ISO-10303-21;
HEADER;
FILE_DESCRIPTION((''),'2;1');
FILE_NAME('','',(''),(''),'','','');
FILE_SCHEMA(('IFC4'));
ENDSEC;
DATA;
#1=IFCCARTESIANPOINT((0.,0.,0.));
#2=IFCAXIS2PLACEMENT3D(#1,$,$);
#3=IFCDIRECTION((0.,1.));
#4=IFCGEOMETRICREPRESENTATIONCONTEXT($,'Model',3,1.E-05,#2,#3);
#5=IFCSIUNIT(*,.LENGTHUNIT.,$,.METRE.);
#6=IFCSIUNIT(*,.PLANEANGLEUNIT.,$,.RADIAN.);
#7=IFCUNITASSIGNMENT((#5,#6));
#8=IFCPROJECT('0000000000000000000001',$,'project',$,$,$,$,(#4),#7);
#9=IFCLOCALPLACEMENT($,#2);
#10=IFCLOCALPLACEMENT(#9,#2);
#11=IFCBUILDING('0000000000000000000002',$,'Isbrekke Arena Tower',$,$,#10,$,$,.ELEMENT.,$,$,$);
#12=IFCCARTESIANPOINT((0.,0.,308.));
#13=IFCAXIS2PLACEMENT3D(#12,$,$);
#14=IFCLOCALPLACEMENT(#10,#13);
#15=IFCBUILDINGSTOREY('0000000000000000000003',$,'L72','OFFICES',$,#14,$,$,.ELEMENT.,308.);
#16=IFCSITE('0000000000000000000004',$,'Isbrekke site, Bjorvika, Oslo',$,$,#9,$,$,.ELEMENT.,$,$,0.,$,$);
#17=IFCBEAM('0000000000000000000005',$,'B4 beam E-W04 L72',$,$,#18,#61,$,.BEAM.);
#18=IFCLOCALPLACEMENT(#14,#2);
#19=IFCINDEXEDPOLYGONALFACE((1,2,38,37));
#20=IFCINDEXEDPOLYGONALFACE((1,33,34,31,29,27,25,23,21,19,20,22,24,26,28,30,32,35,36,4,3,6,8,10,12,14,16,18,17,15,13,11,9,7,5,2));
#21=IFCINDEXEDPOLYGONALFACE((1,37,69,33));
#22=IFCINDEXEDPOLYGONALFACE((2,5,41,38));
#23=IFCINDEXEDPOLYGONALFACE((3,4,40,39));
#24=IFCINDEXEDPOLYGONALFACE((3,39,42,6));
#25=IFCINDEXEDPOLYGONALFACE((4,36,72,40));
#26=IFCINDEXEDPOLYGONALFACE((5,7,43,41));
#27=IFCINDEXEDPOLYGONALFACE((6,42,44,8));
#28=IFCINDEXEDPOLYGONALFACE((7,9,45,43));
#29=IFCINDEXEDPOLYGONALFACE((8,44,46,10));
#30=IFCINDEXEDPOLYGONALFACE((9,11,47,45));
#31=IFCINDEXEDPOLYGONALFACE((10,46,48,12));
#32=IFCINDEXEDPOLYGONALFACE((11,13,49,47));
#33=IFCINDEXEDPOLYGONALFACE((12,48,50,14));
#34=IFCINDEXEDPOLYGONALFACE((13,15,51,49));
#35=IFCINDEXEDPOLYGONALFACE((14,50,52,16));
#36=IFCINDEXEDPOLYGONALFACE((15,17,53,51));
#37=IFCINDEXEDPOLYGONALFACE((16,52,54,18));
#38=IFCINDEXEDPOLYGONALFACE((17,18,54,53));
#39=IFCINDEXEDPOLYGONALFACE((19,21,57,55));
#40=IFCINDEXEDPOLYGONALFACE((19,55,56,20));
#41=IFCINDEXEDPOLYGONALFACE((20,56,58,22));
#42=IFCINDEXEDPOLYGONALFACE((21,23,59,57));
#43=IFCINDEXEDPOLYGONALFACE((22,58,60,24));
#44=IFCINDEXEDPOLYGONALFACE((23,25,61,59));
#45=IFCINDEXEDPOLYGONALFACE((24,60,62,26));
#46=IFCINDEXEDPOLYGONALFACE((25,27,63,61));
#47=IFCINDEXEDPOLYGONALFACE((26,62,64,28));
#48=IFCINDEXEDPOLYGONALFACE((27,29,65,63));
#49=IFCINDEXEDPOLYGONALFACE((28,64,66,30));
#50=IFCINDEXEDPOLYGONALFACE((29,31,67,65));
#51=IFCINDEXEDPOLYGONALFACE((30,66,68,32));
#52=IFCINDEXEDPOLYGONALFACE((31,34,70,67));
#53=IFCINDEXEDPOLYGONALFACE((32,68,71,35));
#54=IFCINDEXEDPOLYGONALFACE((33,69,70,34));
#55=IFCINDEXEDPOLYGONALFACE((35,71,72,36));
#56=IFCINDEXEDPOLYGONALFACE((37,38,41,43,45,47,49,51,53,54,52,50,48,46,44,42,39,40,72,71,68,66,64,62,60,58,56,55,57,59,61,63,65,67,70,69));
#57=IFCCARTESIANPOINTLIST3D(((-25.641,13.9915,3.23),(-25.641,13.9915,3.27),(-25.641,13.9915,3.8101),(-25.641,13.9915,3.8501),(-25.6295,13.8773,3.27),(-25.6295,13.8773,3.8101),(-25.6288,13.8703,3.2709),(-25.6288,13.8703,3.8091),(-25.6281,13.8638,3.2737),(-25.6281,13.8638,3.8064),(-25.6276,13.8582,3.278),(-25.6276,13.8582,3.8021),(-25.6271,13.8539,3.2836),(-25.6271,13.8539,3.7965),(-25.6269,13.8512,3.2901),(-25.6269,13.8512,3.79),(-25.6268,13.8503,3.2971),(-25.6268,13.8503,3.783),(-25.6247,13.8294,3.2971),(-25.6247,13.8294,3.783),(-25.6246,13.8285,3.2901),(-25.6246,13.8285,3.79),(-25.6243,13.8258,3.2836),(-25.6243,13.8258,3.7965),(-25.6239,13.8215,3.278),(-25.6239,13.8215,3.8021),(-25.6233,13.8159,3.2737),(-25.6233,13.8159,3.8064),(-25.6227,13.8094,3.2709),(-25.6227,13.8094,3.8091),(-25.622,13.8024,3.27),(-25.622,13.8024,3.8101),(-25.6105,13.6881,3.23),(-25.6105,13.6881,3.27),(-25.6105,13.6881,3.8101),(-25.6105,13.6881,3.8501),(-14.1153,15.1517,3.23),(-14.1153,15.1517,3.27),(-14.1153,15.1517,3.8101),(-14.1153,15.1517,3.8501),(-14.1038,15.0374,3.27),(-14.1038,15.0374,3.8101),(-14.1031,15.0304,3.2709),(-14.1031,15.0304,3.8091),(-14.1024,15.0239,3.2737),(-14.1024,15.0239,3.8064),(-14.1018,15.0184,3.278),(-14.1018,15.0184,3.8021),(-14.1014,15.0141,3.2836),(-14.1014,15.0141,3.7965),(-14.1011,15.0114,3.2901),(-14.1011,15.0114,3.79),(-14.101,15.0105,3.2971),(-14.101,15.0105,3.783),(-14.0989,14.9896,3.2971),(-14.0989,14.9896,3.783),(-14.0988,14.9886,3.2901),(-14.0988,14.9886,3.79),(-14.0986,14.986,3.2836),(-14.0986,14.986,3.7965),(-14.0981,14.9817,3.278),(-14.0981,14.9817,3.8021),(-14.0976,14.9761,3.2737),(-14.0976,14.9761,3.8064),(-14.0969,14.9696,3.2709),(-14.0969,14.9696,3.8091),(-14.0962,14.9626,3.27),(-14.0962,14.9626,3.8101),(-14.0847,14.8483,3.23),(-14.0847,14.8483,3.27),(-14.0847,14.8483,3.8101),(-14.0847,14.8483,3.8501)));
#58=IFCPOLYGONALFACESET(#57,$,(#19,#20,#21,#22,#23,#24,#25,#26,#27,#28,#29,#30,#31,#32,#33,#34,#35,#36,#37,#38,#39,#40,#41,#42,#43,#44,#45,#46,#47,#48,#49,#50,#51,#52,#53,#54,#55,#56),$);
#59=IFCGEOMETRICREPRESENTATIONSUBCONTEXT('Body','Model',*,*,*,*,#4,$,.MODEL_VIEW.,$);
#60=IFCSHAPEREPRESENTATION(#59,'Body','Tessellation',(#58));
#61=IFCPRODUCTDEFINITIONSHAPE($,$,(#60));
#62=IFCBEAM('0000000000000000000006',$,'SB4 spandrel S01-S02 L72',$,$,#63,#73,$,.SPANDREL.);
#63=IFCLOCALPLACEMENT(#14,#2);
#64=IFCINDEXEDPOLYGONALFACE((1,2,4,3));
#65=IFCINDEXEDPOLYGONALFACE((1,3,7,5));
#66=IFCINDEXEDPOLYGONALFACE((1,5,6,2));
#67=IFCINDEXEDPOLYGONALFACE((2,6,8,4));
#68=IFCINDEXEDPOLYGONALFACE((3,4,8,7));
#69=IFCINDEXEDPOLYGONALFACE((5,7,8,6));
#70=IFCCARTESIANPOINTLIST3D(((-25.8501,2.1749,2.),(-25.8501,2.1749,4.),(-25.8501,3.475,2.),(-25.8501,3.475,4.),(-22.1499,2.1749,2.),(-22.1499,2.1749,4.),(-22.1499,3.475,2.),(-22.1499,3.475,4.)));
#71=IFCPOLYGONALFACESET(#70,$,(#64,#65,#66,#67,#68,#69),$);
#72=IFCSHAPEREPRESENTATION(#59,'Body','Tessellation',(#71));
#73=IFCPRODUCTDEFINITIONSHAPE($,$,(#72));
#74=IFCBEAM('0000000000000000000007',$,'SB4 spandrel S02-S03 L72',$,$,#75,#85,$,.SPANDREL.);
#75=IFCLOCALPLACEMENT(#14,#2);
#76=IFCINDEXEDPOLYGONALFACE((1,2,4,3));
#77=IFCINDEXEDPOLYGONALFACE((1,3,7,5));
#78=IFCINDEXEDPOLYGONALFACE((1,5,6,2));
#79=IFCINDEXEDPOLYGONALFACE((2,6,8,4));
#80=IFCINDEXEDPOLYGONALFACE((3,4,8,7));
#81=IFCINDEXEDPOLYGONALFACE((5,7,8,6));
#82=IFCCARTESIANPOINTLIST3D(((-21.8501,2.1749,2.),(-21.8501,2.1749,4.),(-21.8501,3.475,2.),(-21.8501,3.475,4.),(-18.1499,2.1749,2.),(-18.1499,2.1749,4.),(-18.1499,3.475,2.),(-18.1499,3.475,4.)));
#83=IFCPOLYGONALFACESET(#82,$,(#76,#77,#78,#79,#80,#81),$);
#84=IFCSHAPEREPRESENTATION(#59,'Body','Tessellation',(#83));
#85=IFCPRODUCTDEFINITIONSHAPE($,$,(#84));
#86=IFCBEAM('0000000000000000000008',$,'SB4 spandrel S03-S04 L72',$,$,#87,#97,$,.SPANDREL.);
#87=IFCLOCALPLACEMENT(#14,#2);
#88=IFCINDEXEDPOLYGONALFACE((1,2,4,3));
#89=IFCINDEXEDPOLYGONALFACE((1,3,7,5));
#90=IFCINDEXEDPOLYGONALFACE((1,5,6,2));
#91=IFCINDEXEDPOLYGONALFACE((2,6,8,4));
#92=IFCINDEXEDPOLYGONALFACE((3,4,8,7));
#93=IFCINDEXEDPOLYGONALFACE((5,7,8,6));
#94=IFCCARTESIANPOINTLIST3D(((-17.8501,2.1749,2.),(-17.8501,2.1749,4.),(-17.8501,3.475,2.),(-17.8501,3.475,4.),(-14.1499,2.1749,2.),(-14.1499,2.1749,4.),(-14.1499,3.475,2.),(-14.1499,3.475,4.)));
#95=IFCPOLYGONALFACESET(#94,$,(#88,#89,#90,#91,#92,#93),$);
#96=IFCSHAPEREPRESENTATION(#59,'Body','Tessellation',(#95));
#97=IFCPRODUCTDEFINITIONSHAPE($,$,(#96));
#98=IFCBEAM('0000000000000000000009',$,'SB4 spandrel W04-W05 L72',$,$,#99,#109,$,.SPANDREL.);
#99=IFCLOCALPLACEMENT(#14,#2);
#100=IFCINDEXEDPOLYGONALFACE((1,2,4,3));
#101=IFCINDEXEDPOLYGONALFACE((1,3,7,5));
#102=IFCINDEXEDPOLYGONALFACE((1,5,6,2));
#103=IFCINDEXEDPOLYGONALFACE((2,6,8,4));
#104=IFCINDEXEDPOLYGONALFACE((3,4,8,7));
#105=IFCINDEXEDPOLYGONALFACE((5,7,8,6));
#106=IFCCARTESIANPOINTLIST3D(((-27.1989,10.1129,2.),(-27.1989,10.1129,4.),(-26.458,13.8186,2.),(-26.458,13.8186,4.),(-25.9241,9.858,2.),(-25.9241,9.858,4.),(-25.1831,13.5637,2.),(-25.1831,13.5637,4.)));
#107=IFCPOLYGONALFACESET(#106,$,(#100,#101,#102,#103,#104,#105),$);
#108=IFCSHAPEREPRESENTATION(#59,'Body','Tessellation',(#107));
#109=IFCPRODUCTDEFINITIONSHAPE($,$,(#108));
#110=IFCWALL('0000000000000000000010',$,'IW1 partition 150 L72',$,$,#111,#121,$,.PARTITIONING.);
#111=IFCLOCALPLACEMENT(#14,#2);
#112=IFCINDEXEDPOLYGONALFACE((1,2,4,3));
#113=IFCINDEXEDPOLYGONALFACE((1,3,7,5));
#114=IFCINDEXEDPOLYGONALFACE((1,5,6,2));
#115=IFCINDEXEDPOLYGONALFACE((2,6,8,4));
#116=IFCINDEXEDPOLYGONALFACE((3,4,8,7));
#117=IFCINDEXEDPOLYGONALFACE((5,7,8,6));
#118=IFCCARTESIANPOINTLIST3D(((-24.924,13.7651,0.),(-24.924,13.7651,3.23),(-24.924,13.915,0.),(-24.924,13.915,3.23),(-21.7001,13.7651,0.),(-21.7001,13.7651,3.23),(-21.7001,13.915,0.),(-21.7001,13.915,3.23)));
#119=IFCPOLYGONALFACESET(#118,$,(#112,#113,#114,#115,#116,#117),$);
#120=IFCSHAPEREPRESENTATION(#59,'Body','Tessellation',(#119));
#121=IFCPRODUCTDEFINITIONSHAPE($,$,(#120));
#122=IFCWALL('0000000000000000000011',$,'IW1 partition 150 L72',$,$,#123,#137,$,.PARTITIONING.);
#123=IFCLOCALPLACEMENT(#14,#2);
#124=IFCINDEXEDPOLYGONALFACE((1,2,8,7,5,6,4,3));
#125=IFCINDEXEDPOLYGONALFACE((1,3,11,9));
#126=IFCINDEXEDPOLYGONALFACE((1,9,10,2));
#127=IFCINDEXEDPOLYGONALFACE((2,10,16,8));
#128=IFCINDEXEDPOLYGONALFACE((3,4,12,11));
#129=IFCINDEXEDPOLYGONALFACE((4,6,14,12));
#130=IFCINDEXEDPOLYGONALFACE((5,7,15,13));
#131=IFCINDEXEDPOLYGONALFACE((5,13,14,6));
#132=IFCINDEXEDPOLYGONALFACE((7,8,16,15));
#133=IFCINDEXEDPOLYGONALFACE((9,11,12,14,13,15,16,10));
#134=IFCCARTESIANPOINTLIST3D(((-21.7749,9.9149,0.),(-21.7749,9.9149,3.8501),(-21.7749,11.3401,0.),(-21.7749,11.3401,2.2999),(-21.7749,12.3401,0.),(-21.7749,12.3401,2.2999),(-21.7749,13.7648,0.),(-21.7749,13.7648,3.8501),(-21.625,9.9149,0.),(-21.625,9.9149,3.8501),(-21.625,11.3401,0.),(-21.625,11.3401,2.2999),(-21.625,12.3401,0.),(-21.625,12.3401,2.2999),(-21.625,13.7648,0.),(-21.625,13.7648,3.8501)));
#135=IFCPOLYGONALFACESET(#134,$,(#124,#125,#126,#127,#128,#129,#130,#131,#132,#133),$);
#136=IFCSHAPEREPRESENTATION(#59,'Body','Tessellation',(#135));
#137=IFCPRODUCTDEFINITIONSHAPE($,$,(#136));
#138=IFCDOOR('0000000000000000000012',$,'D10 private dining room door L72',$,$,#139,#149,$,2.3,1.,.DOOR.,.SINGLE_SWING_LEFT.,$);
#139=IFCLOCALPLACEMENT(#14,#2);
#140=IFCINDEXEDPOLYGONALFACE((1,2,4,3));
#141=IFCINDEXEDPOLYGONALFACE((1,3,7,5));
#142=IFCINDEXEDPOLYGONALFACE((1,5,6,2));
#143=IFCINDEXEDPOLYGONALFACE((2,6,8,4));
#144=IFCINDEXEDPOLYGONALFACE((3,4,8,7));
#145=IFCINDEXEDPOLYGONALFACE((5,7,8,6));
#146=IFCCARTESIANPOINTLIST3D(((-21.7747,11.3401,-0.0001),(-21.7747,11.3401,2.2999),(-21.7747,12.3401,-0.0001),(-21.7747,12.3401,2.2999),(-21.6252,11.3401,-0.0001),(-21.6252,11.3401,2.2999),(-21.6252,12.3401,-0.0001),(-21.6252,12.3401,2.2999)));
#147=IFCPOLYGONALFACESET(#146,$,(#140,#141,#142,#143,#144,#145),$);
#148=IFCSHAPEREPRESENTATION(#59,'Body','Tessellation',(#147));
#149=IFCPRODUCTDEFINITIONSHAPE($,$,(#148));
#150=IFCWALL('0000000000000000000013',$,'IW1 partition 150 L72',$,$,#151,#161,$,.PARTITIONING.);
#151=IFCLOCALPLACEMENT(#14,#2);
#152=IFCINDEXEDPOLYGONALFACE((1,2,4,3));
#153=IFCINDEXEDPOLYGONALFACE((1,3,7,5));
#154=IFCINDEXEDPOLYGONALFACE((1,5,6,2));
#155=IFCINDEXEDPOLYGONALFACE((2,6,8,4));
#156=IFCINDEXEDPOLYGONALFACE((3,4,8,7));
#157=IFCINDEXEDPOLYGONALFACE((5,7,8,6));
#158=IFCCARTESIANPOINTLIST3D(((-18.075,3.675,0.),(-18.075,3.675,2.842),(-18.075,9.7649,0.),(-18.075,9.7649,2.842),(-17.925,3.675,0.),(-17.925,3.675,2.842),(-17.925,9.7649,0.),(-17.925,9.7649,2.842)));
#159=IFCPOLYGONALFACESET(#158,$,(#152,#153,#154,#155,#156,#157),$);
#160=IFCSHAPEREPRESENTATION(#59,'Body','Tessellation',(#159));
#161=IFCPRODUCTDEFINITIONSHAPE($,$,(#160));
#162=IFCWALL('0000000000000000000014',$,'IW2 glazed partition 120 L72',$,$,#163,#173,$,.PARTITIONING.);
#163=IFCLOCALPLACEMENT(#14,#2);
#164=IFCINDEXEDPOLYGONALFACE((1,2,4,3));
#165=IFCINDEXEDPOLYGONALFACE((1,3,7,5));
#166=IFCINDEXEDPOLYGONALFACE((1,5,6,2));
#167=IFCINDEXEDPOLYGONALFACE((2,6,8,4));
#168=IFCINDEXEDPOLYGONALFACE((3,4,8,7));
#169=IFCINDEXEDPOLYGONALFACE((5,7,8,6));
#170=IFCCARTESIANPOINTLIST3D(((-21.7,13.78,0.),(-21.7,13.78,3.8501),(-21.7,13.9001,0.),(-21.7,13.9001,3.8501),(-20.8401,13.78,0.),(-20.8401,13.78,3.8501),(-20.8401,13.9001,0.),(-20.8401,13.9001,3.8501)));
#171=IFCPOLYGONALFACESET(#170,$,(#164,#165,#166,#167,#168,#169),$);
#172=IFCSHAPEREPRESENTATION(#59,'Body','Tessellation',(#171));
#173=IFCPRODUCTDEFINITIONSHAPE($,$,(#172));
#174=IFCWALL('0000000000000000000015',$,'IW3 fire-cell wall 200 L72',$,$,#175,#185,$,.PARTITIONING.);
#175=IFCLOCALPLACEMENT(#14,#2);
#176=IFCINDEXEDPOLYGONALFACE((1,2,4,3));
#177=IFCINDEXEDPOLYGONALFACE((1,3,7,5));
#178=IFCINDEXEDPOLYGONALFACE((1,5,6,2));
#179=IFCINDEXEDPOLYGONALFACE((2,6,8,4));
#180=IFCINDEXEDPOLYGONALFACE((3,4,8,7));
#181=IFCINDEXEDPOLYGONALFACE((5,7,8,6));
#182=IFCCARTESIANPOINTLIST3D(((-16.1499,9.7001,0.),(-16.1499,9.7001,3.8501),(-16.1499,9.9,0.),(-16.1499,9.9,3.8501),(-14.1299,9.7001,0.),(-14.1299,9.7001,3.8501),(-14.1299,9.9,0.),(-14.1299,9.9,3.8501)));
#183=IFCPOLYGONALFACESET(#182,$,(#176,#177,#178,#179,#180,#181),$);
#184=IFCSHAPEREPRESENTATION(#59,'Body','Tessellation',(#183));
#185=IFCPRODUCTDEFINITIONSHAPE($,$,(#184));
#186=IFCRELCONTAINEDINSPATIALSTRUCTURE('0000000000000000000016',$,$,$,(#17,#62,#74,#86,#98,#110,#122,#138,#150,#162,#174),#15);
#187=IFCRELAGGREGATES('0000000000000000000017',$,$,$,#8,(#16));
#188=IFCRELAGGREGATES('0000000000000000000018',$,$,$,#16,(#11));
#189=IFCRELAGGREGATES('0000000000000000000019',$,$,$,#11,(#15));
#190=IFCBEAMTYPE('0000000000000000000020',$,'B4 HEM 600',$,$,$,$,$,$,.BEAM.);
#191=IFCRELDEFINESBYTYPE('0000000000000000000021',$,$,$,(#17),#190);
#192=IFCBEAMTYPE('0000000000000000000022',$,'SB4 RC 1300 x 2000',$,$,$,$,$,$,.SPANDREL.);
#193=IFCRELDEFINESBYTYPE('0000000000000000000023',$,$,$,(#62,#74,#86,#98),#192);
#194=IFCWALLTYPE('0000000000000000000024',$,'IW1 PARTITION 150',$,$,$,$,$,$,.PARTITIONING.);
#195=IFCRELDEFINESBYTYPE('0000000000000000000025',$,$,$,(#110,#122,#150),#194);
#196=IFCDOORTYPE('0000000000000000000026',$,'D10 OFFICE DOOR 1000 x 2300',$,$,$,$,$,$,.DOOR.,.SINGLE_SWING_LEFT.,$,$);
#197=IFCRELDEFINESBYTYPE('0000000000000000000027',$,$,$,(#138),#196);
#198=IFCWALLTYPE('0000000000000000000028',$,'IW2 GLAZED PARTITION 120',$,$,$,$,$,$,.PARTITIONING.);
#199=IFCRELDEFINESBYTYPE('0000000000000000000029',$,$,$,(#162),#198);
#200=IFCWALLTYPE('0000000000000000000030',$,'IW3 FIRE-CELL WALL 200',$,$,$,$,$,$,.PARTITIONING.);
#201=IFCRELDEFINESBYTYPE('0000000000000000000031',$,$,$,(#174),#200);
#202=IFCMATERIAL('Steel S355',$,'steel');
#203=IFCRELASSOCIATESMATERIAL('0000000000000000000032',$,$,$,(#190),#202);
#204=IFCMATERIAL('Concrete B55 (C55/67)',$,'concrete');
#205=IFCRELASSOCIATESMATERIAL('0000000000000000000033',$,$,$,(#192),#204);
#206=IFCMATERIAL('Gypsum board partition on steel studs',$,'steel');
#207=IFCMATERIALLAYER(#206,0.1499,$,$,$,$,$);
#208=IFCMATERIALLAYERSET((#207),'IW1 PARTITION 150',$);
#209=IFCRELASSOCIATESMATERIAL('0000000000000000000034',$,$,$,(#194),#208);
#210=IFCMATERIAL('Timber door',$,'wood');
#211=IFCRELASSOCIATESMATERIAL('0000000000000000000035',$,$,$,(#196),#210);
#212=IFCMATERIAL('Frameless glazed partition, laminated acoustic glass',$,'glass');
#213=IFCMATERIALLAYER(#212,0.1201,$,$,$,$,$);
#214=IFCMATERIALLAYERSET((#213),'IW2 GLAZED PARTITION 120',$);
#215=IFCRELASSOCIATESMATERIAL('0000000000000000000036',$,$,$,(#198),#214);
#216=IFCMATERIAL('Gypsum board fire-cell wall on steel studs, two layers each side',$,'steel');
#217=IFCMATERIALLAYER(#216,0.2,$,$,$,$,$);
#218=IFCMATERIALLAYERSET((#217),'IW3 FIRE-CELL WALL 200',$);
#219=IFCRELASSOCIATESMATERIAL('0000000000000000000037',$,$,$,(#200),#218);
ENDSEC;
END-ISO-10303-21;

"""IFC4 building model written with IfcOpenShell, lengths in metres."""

from ifc_helpers import new_model, si_unit, direction, frame, frame_2d, origin, origin_2d, place, context, subcontext, project, spatial, rectangle, i_section, extrude, material, layer, layer_set, material_profile, profile_set, type_object, element, fill, save


model = new_model("IFC4")

# Units and contexts
model_context = context("Model", 3, precision=1e-05, world=origin(), true_north=direction((0.0, 1.0)))
body_context = subcontext(model_context, "Body", "Model", "MODEL_VIEW")
ifc_project = project(units=[si_unit("LENGTHUNIT", "METRE"), si_unit("PLANEANGLEUNIT", "RADIAN")], contexts=[model_context])

# Site, building, storey
site_placement = place(None, origin())
site = spatial("IfcSite", under=ifc_project, at=site_placement, Name="Isbrekke site, Bjorvika, Oslo", CompositionType="ELEMENT", RefElevation=0.0)
building_placement = place(site_placement, origin())
building = spatial("IfcBuilding", under=site, at=building_placement, Name="Isbrekke Arena Tower", CompositionType="ELEMENT")
storey_placement = place(building_placement, frame((0.0, 0.0, 308.0)))
storey = spatial("IfcBuildingStorey", under=building, at=storey_placement, Name="L72", Description="OFFICES", CompositionType="ELEMENT", Elevation=308.0)

# Beams
ifc_material_1 = material(Name="Steel S355", Category="steel")
ifc_material_profile_1 = material_profile(ifc_material_1, i_section(OverallWidth=0.3049, OverallDepth=0.6201, WebThickness=0.021, FlangeThickness=0.04, FilletRadius=0.0271, at=origin_2d()), Name="HEM 600")
ifc_profile_set_1 = profile_set([ifc_material_profile_1], Name="Steel S355")
beam_type_1 = type_object("IfcBeamType", Name="B4 HEM 600", PredefinedType="BEAM", material=ifc_profile_set_1)
beam_1_placement = place(storey_placement, frame((-25.6257, 13.8398, 3.54), z_axis=(0.994972, 0.100153, 0.0), x_axis=(-0.100153, 0.994972, 0.0)))
element("IfcBeam", 1, at=beam_1_placement, inside=storey, type_object=beam_type_1, Name="B4 beam E-W04 L72", PredefinedType="BEAM", context=body_context, shape_type="SweptSolid", body=[
    extrude(i_section(OverallWidth=0.3049, OverallDepth=0.6201, WebThickness=0.021, FlangeThickness=0.04, FilletRadius=0.0271, at=origin_2d()), origin(), (0.0, 0.0, 1.0), 11.584),
])
ifc_material_2 = material(Name="Concrete B55 (C55/67)", Category="concrete")
ifc_material_profile_2 = material_profile(ifc_material_2, rectangle(XDim=1.3, YDim=2.0, at=origin_2d()), Name="RC 1300x2000")
ifc_profile_set_2 = profile_set([ifc_material_profile_2], Name="Concrete B55 (C55/67)")
beam_type_2 = type_object("IfcBeamType", Name="SB4 RC 1300 x 2000", PredefinedType="SPANDREL", material=ifc_profile_set_2)
for number, where, z_axis, x_axis, name in (
    (2, (-25.8501, 2.825, 3.0), (1.0, 0.0, 0.0), (0.0, 1.0, 0.0), "SB4 spandrel S01-S02 L72"),
    (3, (-21.8501, 2.825, 3.0), (1.0, 0.0, 0.0), (0.0, 1.0, 0.0), "SB4 spandrel S02-S03 L72"),
    (4, (-17.8501, 2.825, 3.0), (1.0, 0.0, 0.0), (0.0, 1.0, 0.0), "SB4 spandrel S03-S04 L72"),
):
    element("IfcBeam", number, at=place(storey_placement, frame(where, z_axis=z_axis, x_axis=x_axis)), inside=storey, type_object=beam_type_2, Name=name, PredefinedType="SPANDREL", context=body_context, shape_type="SweptSolid", body=[
        extrude(rectangle(XDim=1.3, YDim=2.0, at=origin_2d()), origin(), (0.0, 0.0, 1.0), 3.7002),
    ])
beam_2_placement = place(storey_placement, frame((-25.8206, 13.6912, 3.0), z_axis=(-0.196066, -0.980591, 0.0), x_axis=(0.980591, -0.196066, 0.0)))
element("IfcBeam", 5, at=beam_2_placement, inside=storey, type_object=beam_type_2, Name="SB4 spandrel W04-W05 L72", PredefinedType="SPANDREL", context=body_context, shape_type="SweptSolid", body=[
    extrude(rectangle(XDim=1.3, YDim=2.0, at=origin_2d()), origin(), (0.0, 0.0, 1.0), 3.7791),
])

# Shared definitions
ifc_material_3 = material(Name="Gypsum board partition on steel studs", Category="steel")
ifc_layer_1 = layer(ifc_material_3, 0.1499)
ifc_layer_set_1 = layer_set([ifc_layer_1], Name="IW1 PARTITION 150")
wall_type_1 = type_object("IfcWallType", Name="IW1 PARTITION 150", PredefinedType="PARTITIONING", material=ifc_layer_set_1)

# Wall
wall_1_placement = place(storey_placement, frame((-24.9238, 13.8401, 0.0), z_axis=(0.0, 0.0, 1.0), x_axis=(1.0, 0.0, 0.0)))
element("IfcWall", 6, at=wall_1_placement, inside=storey, type_object=wall_type_1, Name="IW1 partition 150 L72", PredefinedType="PARTITIONING", context=body_context, shape_type="SweptSolid", body=[
    extrude(rectangle(XDim=3.2239, YDim=0.1499, at=frame_2d((1.6118, 0.0))), origin(), (0.0, 0.0, 1.0), 3.23),
])

# Wall, opening, door
wall_2_placement = place(storey_placement, frame((-21.7, 9.915, 0.0), z_axis=(0.0, 0.0, 1.0), x_axis=(0.0, 1.0, 0.0)))
wall_2 = element("IfcWall", 7, at=wall_2_placement, inside=storey, type_object=wall_type_1, Name="IW1 partition 150 L72", PredefinedType="PARTITIONING", context=body_context, shape_type="SweptSolid", body=[
    extrude(rectangle(XDim=3.8499, YDim=0.1499, at=frame_2d((1.9248, 0.0))), origin(), (0.0, 0.0, 1.0), 3.8501),
])
opening_1_placement = place(wall_2_placement, frame((1.425, 0.0, 0.0)))
opening_1 = element("IfcOpeningElement", 8, at=opening_1_placement, cuts=wall_2, PredefinedType="OPENING", context=body_context, shape_type="SweptSolid", body=[
    extrude(rectangle(XDim=1.0, YDim=2.3, at=frame_2d((0.5, 1.1499))), frame((0.0, 0.0898, 0.0), z_axis=(0.0, -1.0, 0.0), x_axis=(1.0, 0.0, 0.0)), (0.0, 0.0, 1.0), 0.1797),
])
ifc_material_4 = material(Name="Timber door", Category="wood")
door_type_1 = type_object("IfcDoorType", Name="D10 OFFICE DOOR 1000 x 2300", OperationType="SINGLE_SWING_LEFT", PredefinedType="DOOR", material=ifc_material_4)
door_1_placement = place(opening_1_placement, origin())
door_1 = element("IfcDoor", 9, at=door_1_placement, inside=storey, type_object=door_type_1, Name="D10 private dining room door L72", OperationType="SINGLE_SWING_LEFT", OverallHeight=2.3, OverallWidth=1.0, PredefinedType="DOOR", context=body_context, shape_type="SweptSolid", body=[
    extrude(rectangle(XDim=1.0, YDim=2.3, at=frame_2d((0.5, 1.1499))), frame((0.0, 0.0747, 0.0), z_axis=(0.0, -1.0, 0.0), x_axis=(1.0, 0.0, 0.0)), (0.0, 0.0, 1.0), 0.1494),
])
fill(opening_1, door_1)

# Walls
wall_3_placement = place(storey_placement, frame((-18.0, 3.675, 0.0), z_axis=(0.0, 0.0, 1.0), x_axis=(0.0, 1.0, 0.0)))
element("IfcWall", 10, at=wall_3_placement, inside=storey, type_object=wall_type_1, Name="IW1 partition 150 L72", PredefinedType="PARTITIONING", context=body_context, shape_type="SweptSolid", body=[
    extrude(rectangle(XDim=6.0898, YDim=0.1499, at=frame_2d((3.0449, 0.0))), origin(), (0.0, 0.0, 1.0), 2.842),
])
ifc_material_5 = material(Name="Frameless glazed partition, laminated acoustic glass", Category="glass")
ifc_layer_2 = layer(ifc_material_5, 0.1201)
ifc_layer_set_2 = layer_set([ifc_layer_2], Name="IW2 GLAZED PARTITION 120")
wall_type_2 = type_object("IfcWallType", Name="IW2 GLAZED PARTITION 120", PredefinedType="PARTITIONING", material=ifc_layer_set_2)
wall_4_placement = place(storey_placement, frame((-21.7, 13.8401, 0.0), z_axis=(0.0, 0.0, 1.0), x_axis=(1.0, 0.0, 0.0)))
element("IfcWall", 11, at=wall_4_placement, inside=storey, type_object=wall_type_2, Name="IW2 glazed partition 120 L72", PredefinedType="PARTITIONING", context=body_context, shape_type="SweptSolid", body=[
    extrude(rectangle(XDim=0.8599, YDim=0.1201, at=frame_2d((0.4299, 0.0))), origin(), (0.0, 0.0, 1.0), 3.8501),
])
ifc_material_6 = material(Name="Gypsum board fire-cell wall on steel studs, two layers each side", Category="steel")
ifc_layer_3 = layer(ifc_material_6, 0.2)
ifc_layer_set_3 = layer_set([ifc_layer_3], Name="IW3 FIRE-CELL WALL 200")
wall_type_3 = type_object("IfcWallType", Name="IW3 FIRE-CELL WALL 200", PredefinedType="PARTITIONING", material=ifc_layer_set_3)
wall_5_placement = place(storey_placement, frame((-16.1499, 9.8, 0.0), z_axis=(0.0, 0.0, 1.0), x_axis=(1.0, 0.0, 0.0)))
element("IfcWall", 12, at=wall_5_placement, inside=storey, type_object=wall_type_3, Name="IW3 fire-cell wall 200 L72", PredefinedType="PARTITIONING", context=body_context, shape_type="SweptSolid", body=[
    extrude(rectangle(XDim=2.02, YDim=0.2, at=frame_2d((1.01, 0.0))), origin(), (0.0, 0.0, 1.0), 3.8501),
])

save(model, "model.ifc")
